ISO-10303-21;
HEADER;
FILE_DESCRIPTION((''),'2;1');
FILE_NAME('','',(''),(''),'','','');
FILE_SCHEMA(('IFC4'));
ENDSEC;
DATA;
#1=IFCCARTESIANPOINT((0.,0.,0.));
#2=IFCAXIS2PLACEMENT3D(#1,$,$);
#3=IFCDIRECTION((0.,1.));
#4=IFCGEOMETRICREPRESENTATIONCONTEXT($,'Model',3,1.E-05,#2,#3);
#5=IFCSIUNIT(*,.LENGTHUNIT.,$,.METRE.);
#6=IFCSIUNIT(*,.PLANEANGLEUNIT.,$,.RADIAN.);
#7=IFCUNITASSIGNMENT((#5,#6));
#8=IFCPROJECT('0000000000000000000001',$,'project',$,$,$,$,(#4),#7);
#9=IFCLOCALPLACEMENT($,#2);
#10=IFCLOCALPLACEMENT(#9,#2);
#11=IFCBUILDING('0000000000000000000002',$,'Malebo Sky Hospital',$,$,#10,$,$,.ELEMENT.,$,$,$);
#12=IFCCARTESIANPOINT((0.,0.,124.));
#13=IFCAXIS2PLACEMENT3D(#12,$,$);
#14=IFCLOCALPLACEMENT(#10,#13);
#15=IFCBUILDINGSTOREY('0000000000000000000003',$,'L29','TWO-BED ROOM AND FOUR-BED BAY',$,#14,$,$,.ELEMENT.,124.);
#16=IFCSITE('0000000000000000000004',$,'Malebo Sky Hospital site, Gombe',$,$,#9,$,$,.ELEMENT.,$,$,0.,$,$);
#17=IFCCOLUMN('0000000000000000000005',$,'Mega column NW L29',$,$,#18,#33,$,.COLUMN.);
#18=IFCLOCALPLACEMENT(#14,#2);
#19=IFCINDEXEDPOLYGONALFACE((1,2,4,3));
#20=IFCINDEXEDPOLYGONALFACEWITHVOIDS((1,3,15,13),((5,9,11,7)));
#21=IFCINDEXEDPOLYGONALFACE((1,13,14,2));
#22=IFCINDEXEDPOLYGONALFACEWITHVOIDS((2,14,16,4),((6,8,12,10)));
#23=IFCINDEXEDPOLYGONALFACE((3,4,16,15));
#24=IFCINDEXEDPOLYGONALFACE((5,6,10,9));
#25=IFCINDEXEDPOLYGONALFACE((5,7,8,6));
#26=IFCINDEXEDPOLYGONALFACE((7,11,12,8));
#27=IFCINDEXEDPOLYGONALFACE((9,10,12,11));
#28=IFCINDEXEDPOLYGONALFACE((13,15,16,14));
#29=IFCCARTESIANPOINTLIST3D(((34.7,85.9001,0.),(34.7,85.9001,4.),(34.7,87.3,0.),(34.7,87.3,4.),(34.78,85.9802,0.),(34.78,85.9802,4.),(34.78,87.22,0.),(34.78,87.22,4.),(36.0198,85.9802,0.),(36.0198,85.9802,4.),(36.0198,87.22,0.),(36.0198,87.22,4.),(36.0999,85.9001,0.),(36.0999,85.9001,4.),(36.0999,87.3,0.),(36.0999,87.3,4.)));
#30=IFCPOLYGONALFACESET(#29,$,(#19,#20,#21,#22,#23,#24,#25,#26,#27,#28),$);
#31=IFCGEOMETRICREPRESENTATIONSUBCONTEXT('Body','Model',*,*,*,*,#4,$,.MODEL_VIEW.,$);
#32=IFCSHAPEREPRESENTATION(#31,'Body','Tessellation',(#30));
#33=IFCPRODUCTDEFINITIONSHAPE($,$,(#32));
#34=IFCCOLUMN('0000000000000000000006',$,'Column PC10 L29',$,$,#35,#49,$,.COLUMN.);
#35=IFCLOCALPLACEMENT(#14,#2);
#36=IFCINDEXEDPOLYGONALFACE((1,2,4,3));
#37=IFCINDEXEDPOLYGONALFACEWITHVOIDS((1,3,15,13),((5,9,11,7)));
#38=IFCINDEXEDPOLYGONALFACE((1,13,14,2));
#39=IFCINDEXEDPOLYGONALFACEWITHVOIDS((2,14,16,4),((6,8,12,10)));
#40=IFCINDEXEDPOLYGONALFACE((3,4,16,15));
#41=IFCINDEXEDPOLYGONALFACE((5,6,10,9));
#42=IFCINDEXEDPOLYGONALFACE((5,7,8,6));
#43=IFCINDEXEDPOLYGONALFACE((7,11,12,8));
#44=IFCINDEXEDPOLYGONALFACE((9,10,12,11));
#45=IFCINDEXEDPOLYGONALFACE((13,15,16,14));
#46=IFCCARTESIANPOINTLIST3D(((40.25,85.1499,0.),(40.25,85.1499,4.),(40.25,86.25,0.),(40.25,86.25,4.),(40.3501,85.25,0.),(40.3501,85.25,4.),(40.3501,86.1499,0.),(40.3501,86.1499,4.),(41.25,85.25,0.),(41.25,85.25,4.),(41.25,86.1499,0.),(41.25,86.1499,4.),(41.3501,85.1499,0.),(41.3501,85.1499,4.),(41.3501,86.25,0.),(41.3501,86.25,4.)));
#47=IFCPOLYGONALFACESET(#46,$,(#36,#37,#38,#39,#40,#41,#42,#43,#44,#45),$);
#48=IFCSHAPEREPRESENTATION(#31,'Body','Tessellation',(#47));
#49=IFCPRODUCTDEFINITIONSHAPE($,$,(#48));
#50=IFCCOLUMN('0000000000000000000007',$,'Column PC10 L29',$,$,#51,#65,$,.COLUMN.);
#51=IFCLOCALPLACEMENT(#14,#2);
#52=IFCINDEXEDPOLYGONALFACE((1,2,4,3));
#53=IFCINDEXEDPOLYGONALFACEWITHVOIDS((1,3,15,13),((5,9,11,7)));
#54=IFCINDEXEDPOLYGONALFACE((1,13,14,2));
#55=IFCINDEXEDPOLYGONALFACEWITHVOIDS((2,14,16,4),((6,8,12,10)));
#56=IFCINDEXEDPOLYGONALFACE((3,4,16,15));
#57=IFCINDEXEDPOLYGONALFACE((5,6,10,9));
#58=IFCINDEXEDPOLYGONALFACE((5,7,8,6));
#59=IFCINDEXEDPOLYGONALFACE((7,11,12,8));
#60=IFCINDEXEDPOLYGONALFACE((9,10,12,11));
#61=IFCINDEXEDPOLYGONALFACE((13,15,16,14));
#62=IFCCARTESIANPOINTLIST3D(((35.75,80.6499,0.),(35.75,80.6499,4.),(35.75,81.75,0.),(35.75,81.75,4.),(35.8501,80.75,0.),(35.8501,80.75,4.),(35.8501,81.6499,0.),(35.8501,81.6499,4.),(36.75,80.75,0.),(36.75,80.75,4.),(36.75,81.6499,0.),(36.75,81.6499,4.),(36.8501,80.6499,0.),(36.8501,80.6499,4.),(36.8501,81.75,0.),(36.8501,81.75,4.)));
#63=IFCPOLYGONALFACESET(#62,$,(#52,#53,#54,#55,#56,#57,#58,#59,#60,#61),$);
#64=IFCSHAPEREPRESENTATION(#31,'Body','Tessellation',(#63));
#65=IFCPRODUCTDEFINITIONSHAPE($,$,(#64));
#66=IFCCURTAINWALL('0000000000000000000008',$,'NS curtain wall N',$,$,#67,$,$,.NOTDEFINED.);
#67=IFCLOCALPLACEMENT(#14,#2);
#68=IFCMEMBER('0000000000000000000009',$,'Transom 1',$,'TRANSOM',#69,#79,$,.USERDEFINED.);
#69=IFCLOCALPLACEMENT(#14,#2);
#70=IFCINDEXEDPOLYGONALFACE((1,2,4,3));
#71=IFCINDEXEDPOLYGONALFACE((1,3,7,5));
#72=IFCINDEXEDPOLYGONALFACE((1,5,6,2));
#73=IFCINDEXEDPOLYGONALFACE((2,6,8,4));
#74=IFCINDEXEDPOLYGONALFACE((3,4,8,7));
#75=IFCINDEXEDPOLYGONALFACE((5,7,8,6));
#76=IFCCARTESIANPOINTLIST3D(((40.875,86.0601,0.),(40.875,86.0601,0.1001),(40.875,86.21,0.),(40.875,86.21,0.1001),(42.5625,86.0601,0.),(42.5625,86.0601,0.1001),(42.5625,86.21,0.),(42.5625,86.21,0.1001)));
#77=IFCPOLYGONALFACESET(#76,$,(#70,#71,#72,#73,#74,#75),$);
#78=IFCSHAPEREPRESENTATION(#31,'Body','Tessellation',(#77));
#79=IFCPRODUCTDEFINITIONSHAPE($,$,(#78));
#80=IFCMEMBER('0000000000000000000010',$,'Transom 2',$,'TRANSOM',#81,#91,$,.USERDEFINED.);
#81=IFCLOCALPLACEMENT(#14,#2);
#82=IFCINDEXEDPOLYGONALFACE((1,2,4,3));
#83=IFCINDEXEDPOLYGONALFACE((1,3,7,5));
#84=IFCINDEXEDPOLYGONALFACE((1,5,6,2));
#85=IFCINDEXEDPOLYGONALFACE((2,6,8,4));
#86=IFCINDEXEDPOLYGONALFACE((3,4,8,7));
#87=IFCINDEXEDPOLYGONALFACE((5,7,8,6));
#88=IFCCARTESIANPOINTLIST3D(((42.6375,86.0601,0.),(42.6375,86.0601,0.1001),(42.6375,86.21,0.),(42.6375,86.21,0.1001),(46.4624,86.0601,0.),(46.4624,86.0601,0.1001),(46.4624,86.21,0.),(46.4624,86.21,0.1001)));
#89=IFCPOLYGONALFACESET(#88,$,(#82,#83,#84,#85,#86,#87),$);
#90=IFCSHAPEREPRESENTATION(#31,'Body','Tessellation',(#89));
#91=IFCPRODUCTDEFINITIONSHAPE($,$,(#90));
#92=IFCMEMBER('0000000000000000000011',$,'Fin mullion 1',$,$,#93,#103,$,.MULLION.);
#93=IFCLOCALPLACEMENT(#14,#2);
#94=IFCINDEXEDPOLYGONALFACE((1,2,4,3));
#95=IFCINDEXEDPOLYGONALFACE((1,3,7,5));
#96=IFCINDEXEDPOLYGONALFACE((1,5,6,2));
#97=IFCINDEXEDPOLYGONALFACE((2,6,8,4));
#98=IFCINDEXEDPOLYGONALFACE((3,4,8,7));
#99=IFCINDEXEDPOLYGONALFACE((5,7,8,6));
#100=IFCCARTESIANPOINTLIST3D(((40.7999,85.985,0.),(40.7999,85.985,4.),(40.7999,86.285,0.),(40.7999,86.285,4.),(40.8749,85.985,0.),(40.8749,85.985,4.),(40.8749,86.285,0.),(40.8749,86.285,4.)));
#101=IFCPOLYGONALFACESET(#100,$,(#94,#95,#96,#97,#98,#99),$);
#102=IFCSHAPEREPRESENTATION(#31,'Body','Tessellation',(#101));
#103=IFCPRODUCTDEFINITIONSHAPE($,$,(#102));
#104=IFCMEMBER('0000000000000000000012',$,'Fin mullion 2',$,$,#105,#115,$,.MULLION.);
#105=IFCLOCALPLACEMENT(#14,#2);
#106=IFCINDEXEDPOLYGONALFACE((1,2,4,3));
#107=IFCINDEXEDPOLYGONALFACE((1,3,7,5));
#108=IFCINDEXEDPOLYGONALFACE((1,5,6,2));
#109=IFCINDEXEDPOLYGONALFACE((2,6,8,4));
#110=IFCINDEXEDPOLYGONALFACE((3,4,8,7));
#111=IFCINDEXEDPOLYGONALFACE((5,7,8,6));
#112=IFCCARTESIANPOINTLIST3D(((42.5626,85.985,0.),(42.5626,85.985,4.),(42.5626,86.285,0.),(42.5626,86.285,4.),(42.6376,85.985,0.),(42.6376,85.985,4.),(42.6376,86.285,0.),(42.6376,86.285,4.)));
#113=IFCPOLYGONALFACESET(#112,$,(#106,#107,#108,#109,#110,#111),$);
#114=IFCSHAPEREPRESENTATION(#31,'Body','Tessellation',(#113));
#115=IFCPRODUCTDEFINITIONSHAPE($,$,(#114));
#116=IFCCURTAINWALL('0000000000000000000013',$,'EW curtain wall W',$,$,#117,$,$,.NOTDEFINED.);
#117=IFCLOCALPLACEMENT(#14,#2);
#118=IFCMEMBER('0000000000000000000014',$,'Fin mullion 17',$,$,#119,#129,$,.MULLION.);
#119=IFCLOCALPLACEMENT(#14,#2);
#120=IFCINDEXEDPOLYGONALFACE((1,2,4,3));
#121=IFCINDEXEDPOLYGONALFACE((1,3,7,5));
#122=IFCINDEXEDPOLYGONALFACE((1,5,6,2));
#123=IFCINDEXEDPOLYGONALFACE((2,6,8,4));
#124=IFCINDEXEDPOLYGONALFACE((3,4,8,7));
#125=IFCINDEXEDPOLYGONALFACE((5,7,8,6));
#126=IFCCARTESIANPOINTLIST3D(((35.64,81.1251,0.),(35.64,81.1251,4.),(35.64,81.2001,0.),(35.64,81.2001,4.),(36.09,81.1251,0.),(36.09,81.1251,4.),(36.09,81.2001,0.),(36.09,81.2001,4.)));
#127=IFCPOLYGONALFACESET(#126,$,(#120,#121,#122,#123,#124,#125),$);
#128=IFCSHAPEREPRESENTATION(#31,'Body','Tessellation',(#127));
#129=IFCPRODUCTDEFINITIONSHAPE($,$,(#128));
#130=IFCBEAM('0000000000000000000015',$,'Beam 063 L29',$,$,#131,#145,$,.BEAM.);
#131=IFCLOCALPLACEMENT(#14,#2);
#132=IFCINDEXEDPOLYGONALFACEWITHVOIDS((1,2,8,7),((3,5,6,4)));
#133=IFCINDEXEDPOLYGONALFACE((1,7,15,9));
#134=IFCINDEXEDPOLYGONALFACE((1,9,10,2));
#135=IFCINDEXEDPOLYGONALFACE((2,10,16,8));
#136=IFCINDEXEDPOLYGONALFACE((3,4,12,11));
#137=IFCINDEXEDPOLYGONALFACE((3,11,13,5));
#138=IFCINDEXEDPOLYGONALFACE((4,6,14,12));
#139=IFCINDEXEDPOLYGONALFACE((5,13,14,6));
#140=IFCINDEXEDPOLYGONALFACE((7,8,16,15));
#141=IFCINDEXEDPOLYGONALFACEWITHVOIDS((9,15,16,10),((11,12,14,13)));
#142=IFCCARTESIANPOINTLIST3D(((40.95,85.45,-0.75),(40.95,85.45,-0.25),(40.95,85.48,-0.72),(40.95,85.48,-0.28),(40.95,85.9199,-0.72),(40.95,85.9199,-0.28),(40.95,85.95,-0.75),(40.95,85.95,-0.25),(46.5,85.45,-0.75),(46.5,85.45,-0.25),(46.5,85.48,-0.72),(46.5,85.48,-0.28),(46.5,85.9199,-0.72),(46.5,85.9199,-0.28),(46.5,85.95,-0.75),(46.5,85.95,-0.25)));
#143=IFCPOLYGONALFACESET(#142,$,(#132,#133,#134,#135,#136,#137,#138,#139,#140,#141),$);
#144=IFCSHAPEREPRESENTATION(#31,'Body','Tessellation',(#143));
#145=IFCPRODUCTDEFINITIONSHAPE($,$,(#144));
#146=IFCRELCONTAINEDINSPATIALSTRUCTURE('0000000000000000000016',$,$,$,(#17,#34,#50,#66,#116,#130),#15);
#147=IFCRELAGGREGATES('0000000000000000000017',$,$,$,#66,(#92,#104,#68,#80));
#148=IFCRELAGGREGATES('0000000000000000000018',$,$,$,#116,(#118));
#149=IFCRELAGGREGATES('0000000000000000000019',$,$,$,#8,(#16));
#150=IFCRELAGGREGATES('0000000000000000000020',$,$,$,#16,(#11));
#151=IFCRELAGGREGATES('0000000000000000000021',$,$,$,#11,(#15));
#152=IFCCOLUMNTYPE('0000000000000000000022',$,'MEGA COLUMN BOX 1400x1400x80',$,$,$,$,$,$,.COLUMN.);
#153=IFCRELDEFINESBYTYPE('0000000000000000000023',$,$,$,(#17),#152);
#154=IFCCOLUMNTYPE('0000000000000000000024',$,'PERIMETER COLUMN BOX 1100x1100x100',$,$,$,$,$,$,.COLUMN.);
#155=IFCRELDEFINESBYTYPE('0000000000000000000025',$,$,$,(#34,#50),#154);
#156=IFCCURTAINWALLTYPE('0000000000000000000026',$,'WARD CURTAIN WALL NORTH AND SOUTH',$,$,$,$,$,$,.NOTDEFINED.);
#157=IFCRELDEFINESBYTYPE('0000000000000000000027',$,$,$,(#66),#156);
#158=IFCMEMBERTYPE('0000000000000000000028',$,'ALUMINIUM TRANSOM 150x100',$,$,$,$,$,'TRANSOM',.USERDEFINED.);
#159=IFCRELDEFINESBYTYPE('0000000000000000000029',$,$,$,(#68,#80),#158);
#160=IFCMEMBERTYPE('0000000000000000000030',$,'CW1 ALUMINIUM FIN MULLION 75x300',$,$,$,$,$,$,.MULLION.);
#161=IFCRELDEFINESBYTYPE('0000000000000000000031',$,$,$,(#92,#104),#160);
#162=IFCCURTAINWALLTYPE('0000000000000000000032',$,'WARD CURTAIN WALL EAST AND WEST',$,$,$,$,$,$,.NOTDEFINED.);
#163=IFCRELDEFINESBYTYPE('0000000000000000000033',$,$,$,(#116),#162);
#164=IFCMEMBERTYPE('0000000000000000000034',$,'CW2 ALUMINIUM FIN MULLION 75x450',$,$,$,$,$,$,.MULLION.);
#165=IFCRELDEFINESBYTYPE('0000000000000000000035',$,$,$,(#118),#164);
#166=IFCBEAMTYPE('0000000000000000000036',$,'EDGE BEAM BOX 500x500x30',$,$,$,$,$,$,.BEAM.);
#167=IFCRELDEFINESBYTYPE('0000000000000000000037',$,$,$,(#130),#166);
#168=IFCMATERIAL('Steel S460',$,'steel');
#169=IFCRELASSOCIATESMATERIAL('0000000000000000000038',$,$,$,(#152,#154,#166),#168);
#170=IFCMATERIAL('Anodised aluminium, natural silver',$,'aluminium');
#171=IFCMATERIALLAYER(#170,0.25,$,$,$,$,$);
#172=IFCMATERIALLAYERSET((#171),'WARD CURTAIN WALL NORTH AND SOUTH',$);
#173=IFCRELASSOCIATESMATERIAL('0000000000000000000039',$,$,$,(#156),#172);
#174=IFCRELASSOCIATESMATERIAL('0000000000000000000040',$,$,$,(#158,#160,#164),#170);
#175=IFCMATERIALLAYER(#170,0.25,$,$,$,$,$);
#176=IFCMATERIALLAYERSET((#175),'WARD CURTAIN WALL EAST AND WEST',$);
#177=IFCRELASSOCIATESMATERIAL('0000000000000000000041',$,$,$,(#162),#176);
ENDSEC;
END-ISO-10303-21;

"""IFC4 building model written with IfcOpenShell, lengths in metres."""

from ifc_helpers import new_model, si_unit, direction, frame, origin, origin_2d, place, context, subcontext, project, spatial, rectangle, hollow_rectangle, extrude, material, layer, layer_set, material_profile, profile_set, type_object, element, aggregate, save


model = new_model("IFC4")

# Units and contexts
model_context = context("Model", 3, precision=1e-05, world=origin(), true_north=direction((0.0, 1.0)))
body_context = subcontext(model_context, "Body", "Model", "MODEL_VIEW")
ifc_project = project(units=[si_unit("LENGTHUNIT", "METRE"), si_unit("PLANEANGLEUNIT", "RADIAN")], contexts=[model_context])

# Site, building, storey
site_placement = place(None, origin())
site = spatial("IfcSite", under=ifc_project, at=site_placement, Name="Malebo Sky Hospital site, Gombe", CompositionType="ELEMENT", RefElevation=0.0)
building_placement = place(site_placement, origin())
building = spatial("IfcBuilding", under=site, at=building_placement, Name="Malebo Sky Hospital", CompositionType="ELEMENT")
storey_placement = place(building_placement, frame((0.0, 0.0, 124.0)))
storey = spatial("IfcBuildingStorey", under=building, at=storey_placement, Name="L29", Description="TWO-BED ROOM AND FOUR-BED BAY", CompositionType="ELEMENT", Elevation=124.0)

# Columns
ifc_material_1 = material(Name="Steel S460", Category="steel")
ifc_material_profile_1 = material_profile(ifc_material_1, hollow_rectangle(XDim=1.3999, YDim=1.3999, WallThickness=0.0801, at=origin_2d()), Name="BOX 1400x1400x80")
ifc_profile_set_1 = profile_set([ifc_material_profile_1], Name="Steel S460")
column_type_1 = type_object("IfcColumnType", Name="MEGA COLUMN BOX 1400x1400x80", PredefinedType="COLUMN", material=ifc_profile_set_1)
column_placement = place(storey_placement, frame((35.3999, 86.6001, 0.0), z_axis=(0.0, 0.0, 1.0), x_axis=(1.0, 0.0, 0.0)))
element("IfcColumn", 1, at=column_placement, inside=storey, type_object=column_type_1, Name="Mega column NW L29", PredefinedType="COLUMN", context=body_context, shape_type="SweptSolid", body=[
    extrude(hollow_rectangle(XDim=1.3999, YDim=1.3999, WallThickness=0.0801, at=origin_2d()), origin(), (0.0, 0.0, 1.0), 4.0),
])
ifc_material_profile_2 = material_profile(ifc_material_1, hollow_rectangle(XDim=1.1001, YDim=1.1001, WallThickness=0.1001, at=origin_2d()), Name="BOX 1100x1100x100")
ifc_profile_set_2 = profile_set([ifc_material_profile_2], Name="Steel S460")
column_type_2 = type_object("IfcColumnType", Name="PERIMETER COLUMN BOX 1100x1100x100", PredefinedType="COLUMN", material=ifc_profile_set_2)
for number, where, z_axis, x_axis, name in (
    (2, (40.8, 85.7, 0.0), (0.0, 0.0, 1.0), (1.0, 0.0, 0.0), "Column PC10 L29"),
    (3, (36.3, 81.2, 0.0), (0.0, 0.0, 1.0), (1.0, 0.0, 0.0), "Column PC10 L29"),
):
    element("IfcColumn", number, at=place(storey_placement, frame(where, z_axis=z_axis, x_axis=x_axis)), inside=storey, type_object=column_type_2, Name=name, PredefinedType="COLUMN", context=body_context, shape_type="SweptSolid", body=[
        extrude(hollow_rectangle(XDim=1.1001, YDim=1.1001, WallThickness=0.1001, at=origin_2d()), origin(), (0.0, 0.0, 1.0), 4.0),
    ])

# Curtain wall, members
ifc_material_2 = material(Name="Anodised aluminium, natural silver", Category="aluminium")
ifc_layer_1 = layer(ifc_material_2, 0.25)
ifc_layer_set_1 = layer_set([ifc_layer_1], Name="WARD CURTAIN WALL NORTH AND SOUTH")
curtain_wall_type_1 = type_object("IfcCurtainWallType", Name="WARD CURTAIN WALL NORTH AND SOUTH", PredefinedType="NOTDEFINED", material=ifc_layer_set_1)
curtain_wall_1_placement = place(storey_placement, origin())
curtain_wall_1 = element("IfcCurtainWall", 4, at=curtain_wall_1_placement, inside=storey, type_object=curtain_wall_type_1, Name="NS curtain wall N", PredefinedType="NOTDEFINED")
ifc_material_profile_3 = material_profile(ifc_material_2, rectangle(XDim=0.1499, YDim=0.1001, at=origin_2d()), Name="ALUMINIUM TRANSOM 150x100")
ifc_profile_set_3 = profile_set([ifc_material_profile_3], Name="Anodised aluminium, natural silver")
member_type_1 = type_object("IfcMemberType", Name="ALUMINIUM TRANSOM 150x100", ElementType="TRANSOM", PredefinedType="USERDEFINED", material=ifc_profile_set_3)
member_1_placement = place(storey_placement, frame((40.875, 86.135, 0.05), z_axis=(1.0, 0.0, 0.0), x_axis=(0.0, 1.0, 0.0)))
member_1 = element("IfcMember", 5, at=member_1_placement, type_object=member_type_1, Name="Transom 1", ObjectType="TRANSOM", PredefinedType="USERDEFINED", context=body_context, shape_type="SweptSolid", body=[
    extrude(rectangle(XDim=0.1499, YDim=0.1001, at=origin_2d()), origin(), (0.0, 0.0, 1.0), 1.6875),
])
member_2_placement = place(storey_placement, frame((42.6375, 86.135, 0.05), z_axis=(1.0, 0.0, 0.0), x_axis=(0.0, 1.0, 0.0)))
member_2 = element("IfcMember", 6, at=member_2_placement, type_object=member_type_1, Name="Transom 2", ObjectType="TRANSOM", PredefinedType="USERDEFINED", context=body_context, shape_type="SweptSolid", body=[
    extrude(rectangle(XDim=0.1499, YDim=0.1001, at=origin_2d()), origin(), (0.0, 0.0, 1.0), 3.825),
])
ifc_material_profile_4 = material_profile(ifc_material_2, rectangle(XDim=0.075, YDim=0.3, at=origin_2d()), Name="CW1 ALUMINIUM FIN MULLION 75x300")
ifc_profile_set_4 = profile_set([ifc_material_profile_4], Name="Anodised aluminium, natural silver")
member_type_2 = type_object("IfcMemberType", Name="CW1 ALUMINIUM FIN MULLION 75x300", PredefinedType="MULLION", material=ifc_profile_set_4)
member_3_placement = place(storey_placement, frame((40.8374, 86.135, 0.0), z_axis=(0.0, 0.0, 1.0), x_axis=(1.0, 0.0, 0.0)))
member_3 = element("IfcMember", 7, at=member_3_placement, type_object=member_type_2, Name="Fin mullion 1", PredefinedType="MULLION", context=body_context, shape_type="SweptSolid", body=[
    extrude(rectangle(XDim=0.075, YDim=0.3, at=origin_2d()), origin(), (0.0, 0.0, 1.0), 4.0),
])
member_4_placement = place(storey_placement, frame((42.6001, 86.135, 0.0), z_axis=(0.0, 0.0, 1.0), x_axis=(1.0, 0.0, 0.0)))
member_4 = element("IfcMember", 8, at=member_4_placement, type_object=member_type_2, Name="Fin mullion 2", PredefinedType="MULLION", context=body_context, shape_type="SweptSolid", body=[
    extrude(rectangle(XDim=0.075, YDim=0.3, at=origin_2d()), origin(), (0.0, 0.0, 1.0), 4.0),
])

# Curtain wall, member
ifc_layer_2 = layer(ifc_material_2, 0.25)
ifc_layer_set_2 = layer_set([ifc_layer_2], Name="WARD CURTAIN WALL EAST AND WEST")
curtain_wall_type_2 = type_object("IfcCurtainWallType", Name="WARD CURTAIN WALL EAST AND WEST", PredefinedType="NOTDEFINED", material=ifc_layer_set_2)
curtain_wall_2_placement = place(storey_placement, origin())
curtain_wall_2 = element("IfcCurtainWall", 9, at=curtain_wall_2_placement, inside=storey, type_object=curtain_wall_type_2, Name="EW curtain wall W", PredefinedType="NOTDEFINED")
ifc_material_profile_5 = material_profile(ifc_material_2, rectangle(XDim=0.075, YDim=0.45, at=origin_2d()), Name="CW2 ALUMINIUM FIN MULLION 75x450")
ifc_profile_set_5 = profile_set([ifc_material_profile_5], Name="Anodised aluminium, natural silver")
member_type_3 = type_object("IfcMemberType", Name="CW2 ALUMINIUM FIN MULLION 75x450", PredefinedType="MULLION", material=ifc_profile_set_5)
member_5_placement = place(storey_placement, frame((35.865, 81.1626, 0.0), z_axis=(0.0, 0.0, 1.0), x_axis=(0.0, 1.0, 0.0)))
member_5 = element("IfcMember", 10, at=member_5_placement, type_object=member_type_3, Name="Fin mullion 17", PredefinedType="MULLION", context=body_context, shape_type="SweptSolid", body=[
    extrude(rectangle(XDim=0.075, YDim=0.45, at=origin_2d()), origin(), (0.0, 0.0, 1.0), 4.0),
])

# Beam
ifc_material_profile_6 = material_profile(ifc_material_1, hollow_rectangle(XDim=0.5, YDim=0.5, WallThickness=0.03, at=origin_2d()), Name="BOX 500x500x30")
ifc_profile_set_6 = profile_set([ifc_material_profile_6], Name="Steel S460")
beam_type_1 = type_object("IfcBeamType", Name="EDGE BEAM BOX 500x500x30", PredefinedType="BEAM", material=ifc_profile_set_6)
beam_1_placement = place(storey_placement, frame((40.95, 85.7, -0.5), z_axis=(1.0, 0.0, 0.0), x_axis=(0.0, 1.0, 0.0)))
element("IfcBeam", 11, at=beam_1_placement, inside=storey, type_object=beam_type_1, Name="Beam 063 L29", PredefinedType="BEAM", context=body_context, shape_type="SweptSolid", body=[
    extrude(hollow_rectangle(XDim=0.5, YDim=0.5, WallThickness=0.03, at=origin_2d()), origin(), (0.0, 0.0, 1.0), 5.55),
])

aggregate(curtain_wall_1, [member_3, member_4, member_1, member_2])
aggregate(curtain_wall_2, [member_5])

save(model, "model.ifc")
